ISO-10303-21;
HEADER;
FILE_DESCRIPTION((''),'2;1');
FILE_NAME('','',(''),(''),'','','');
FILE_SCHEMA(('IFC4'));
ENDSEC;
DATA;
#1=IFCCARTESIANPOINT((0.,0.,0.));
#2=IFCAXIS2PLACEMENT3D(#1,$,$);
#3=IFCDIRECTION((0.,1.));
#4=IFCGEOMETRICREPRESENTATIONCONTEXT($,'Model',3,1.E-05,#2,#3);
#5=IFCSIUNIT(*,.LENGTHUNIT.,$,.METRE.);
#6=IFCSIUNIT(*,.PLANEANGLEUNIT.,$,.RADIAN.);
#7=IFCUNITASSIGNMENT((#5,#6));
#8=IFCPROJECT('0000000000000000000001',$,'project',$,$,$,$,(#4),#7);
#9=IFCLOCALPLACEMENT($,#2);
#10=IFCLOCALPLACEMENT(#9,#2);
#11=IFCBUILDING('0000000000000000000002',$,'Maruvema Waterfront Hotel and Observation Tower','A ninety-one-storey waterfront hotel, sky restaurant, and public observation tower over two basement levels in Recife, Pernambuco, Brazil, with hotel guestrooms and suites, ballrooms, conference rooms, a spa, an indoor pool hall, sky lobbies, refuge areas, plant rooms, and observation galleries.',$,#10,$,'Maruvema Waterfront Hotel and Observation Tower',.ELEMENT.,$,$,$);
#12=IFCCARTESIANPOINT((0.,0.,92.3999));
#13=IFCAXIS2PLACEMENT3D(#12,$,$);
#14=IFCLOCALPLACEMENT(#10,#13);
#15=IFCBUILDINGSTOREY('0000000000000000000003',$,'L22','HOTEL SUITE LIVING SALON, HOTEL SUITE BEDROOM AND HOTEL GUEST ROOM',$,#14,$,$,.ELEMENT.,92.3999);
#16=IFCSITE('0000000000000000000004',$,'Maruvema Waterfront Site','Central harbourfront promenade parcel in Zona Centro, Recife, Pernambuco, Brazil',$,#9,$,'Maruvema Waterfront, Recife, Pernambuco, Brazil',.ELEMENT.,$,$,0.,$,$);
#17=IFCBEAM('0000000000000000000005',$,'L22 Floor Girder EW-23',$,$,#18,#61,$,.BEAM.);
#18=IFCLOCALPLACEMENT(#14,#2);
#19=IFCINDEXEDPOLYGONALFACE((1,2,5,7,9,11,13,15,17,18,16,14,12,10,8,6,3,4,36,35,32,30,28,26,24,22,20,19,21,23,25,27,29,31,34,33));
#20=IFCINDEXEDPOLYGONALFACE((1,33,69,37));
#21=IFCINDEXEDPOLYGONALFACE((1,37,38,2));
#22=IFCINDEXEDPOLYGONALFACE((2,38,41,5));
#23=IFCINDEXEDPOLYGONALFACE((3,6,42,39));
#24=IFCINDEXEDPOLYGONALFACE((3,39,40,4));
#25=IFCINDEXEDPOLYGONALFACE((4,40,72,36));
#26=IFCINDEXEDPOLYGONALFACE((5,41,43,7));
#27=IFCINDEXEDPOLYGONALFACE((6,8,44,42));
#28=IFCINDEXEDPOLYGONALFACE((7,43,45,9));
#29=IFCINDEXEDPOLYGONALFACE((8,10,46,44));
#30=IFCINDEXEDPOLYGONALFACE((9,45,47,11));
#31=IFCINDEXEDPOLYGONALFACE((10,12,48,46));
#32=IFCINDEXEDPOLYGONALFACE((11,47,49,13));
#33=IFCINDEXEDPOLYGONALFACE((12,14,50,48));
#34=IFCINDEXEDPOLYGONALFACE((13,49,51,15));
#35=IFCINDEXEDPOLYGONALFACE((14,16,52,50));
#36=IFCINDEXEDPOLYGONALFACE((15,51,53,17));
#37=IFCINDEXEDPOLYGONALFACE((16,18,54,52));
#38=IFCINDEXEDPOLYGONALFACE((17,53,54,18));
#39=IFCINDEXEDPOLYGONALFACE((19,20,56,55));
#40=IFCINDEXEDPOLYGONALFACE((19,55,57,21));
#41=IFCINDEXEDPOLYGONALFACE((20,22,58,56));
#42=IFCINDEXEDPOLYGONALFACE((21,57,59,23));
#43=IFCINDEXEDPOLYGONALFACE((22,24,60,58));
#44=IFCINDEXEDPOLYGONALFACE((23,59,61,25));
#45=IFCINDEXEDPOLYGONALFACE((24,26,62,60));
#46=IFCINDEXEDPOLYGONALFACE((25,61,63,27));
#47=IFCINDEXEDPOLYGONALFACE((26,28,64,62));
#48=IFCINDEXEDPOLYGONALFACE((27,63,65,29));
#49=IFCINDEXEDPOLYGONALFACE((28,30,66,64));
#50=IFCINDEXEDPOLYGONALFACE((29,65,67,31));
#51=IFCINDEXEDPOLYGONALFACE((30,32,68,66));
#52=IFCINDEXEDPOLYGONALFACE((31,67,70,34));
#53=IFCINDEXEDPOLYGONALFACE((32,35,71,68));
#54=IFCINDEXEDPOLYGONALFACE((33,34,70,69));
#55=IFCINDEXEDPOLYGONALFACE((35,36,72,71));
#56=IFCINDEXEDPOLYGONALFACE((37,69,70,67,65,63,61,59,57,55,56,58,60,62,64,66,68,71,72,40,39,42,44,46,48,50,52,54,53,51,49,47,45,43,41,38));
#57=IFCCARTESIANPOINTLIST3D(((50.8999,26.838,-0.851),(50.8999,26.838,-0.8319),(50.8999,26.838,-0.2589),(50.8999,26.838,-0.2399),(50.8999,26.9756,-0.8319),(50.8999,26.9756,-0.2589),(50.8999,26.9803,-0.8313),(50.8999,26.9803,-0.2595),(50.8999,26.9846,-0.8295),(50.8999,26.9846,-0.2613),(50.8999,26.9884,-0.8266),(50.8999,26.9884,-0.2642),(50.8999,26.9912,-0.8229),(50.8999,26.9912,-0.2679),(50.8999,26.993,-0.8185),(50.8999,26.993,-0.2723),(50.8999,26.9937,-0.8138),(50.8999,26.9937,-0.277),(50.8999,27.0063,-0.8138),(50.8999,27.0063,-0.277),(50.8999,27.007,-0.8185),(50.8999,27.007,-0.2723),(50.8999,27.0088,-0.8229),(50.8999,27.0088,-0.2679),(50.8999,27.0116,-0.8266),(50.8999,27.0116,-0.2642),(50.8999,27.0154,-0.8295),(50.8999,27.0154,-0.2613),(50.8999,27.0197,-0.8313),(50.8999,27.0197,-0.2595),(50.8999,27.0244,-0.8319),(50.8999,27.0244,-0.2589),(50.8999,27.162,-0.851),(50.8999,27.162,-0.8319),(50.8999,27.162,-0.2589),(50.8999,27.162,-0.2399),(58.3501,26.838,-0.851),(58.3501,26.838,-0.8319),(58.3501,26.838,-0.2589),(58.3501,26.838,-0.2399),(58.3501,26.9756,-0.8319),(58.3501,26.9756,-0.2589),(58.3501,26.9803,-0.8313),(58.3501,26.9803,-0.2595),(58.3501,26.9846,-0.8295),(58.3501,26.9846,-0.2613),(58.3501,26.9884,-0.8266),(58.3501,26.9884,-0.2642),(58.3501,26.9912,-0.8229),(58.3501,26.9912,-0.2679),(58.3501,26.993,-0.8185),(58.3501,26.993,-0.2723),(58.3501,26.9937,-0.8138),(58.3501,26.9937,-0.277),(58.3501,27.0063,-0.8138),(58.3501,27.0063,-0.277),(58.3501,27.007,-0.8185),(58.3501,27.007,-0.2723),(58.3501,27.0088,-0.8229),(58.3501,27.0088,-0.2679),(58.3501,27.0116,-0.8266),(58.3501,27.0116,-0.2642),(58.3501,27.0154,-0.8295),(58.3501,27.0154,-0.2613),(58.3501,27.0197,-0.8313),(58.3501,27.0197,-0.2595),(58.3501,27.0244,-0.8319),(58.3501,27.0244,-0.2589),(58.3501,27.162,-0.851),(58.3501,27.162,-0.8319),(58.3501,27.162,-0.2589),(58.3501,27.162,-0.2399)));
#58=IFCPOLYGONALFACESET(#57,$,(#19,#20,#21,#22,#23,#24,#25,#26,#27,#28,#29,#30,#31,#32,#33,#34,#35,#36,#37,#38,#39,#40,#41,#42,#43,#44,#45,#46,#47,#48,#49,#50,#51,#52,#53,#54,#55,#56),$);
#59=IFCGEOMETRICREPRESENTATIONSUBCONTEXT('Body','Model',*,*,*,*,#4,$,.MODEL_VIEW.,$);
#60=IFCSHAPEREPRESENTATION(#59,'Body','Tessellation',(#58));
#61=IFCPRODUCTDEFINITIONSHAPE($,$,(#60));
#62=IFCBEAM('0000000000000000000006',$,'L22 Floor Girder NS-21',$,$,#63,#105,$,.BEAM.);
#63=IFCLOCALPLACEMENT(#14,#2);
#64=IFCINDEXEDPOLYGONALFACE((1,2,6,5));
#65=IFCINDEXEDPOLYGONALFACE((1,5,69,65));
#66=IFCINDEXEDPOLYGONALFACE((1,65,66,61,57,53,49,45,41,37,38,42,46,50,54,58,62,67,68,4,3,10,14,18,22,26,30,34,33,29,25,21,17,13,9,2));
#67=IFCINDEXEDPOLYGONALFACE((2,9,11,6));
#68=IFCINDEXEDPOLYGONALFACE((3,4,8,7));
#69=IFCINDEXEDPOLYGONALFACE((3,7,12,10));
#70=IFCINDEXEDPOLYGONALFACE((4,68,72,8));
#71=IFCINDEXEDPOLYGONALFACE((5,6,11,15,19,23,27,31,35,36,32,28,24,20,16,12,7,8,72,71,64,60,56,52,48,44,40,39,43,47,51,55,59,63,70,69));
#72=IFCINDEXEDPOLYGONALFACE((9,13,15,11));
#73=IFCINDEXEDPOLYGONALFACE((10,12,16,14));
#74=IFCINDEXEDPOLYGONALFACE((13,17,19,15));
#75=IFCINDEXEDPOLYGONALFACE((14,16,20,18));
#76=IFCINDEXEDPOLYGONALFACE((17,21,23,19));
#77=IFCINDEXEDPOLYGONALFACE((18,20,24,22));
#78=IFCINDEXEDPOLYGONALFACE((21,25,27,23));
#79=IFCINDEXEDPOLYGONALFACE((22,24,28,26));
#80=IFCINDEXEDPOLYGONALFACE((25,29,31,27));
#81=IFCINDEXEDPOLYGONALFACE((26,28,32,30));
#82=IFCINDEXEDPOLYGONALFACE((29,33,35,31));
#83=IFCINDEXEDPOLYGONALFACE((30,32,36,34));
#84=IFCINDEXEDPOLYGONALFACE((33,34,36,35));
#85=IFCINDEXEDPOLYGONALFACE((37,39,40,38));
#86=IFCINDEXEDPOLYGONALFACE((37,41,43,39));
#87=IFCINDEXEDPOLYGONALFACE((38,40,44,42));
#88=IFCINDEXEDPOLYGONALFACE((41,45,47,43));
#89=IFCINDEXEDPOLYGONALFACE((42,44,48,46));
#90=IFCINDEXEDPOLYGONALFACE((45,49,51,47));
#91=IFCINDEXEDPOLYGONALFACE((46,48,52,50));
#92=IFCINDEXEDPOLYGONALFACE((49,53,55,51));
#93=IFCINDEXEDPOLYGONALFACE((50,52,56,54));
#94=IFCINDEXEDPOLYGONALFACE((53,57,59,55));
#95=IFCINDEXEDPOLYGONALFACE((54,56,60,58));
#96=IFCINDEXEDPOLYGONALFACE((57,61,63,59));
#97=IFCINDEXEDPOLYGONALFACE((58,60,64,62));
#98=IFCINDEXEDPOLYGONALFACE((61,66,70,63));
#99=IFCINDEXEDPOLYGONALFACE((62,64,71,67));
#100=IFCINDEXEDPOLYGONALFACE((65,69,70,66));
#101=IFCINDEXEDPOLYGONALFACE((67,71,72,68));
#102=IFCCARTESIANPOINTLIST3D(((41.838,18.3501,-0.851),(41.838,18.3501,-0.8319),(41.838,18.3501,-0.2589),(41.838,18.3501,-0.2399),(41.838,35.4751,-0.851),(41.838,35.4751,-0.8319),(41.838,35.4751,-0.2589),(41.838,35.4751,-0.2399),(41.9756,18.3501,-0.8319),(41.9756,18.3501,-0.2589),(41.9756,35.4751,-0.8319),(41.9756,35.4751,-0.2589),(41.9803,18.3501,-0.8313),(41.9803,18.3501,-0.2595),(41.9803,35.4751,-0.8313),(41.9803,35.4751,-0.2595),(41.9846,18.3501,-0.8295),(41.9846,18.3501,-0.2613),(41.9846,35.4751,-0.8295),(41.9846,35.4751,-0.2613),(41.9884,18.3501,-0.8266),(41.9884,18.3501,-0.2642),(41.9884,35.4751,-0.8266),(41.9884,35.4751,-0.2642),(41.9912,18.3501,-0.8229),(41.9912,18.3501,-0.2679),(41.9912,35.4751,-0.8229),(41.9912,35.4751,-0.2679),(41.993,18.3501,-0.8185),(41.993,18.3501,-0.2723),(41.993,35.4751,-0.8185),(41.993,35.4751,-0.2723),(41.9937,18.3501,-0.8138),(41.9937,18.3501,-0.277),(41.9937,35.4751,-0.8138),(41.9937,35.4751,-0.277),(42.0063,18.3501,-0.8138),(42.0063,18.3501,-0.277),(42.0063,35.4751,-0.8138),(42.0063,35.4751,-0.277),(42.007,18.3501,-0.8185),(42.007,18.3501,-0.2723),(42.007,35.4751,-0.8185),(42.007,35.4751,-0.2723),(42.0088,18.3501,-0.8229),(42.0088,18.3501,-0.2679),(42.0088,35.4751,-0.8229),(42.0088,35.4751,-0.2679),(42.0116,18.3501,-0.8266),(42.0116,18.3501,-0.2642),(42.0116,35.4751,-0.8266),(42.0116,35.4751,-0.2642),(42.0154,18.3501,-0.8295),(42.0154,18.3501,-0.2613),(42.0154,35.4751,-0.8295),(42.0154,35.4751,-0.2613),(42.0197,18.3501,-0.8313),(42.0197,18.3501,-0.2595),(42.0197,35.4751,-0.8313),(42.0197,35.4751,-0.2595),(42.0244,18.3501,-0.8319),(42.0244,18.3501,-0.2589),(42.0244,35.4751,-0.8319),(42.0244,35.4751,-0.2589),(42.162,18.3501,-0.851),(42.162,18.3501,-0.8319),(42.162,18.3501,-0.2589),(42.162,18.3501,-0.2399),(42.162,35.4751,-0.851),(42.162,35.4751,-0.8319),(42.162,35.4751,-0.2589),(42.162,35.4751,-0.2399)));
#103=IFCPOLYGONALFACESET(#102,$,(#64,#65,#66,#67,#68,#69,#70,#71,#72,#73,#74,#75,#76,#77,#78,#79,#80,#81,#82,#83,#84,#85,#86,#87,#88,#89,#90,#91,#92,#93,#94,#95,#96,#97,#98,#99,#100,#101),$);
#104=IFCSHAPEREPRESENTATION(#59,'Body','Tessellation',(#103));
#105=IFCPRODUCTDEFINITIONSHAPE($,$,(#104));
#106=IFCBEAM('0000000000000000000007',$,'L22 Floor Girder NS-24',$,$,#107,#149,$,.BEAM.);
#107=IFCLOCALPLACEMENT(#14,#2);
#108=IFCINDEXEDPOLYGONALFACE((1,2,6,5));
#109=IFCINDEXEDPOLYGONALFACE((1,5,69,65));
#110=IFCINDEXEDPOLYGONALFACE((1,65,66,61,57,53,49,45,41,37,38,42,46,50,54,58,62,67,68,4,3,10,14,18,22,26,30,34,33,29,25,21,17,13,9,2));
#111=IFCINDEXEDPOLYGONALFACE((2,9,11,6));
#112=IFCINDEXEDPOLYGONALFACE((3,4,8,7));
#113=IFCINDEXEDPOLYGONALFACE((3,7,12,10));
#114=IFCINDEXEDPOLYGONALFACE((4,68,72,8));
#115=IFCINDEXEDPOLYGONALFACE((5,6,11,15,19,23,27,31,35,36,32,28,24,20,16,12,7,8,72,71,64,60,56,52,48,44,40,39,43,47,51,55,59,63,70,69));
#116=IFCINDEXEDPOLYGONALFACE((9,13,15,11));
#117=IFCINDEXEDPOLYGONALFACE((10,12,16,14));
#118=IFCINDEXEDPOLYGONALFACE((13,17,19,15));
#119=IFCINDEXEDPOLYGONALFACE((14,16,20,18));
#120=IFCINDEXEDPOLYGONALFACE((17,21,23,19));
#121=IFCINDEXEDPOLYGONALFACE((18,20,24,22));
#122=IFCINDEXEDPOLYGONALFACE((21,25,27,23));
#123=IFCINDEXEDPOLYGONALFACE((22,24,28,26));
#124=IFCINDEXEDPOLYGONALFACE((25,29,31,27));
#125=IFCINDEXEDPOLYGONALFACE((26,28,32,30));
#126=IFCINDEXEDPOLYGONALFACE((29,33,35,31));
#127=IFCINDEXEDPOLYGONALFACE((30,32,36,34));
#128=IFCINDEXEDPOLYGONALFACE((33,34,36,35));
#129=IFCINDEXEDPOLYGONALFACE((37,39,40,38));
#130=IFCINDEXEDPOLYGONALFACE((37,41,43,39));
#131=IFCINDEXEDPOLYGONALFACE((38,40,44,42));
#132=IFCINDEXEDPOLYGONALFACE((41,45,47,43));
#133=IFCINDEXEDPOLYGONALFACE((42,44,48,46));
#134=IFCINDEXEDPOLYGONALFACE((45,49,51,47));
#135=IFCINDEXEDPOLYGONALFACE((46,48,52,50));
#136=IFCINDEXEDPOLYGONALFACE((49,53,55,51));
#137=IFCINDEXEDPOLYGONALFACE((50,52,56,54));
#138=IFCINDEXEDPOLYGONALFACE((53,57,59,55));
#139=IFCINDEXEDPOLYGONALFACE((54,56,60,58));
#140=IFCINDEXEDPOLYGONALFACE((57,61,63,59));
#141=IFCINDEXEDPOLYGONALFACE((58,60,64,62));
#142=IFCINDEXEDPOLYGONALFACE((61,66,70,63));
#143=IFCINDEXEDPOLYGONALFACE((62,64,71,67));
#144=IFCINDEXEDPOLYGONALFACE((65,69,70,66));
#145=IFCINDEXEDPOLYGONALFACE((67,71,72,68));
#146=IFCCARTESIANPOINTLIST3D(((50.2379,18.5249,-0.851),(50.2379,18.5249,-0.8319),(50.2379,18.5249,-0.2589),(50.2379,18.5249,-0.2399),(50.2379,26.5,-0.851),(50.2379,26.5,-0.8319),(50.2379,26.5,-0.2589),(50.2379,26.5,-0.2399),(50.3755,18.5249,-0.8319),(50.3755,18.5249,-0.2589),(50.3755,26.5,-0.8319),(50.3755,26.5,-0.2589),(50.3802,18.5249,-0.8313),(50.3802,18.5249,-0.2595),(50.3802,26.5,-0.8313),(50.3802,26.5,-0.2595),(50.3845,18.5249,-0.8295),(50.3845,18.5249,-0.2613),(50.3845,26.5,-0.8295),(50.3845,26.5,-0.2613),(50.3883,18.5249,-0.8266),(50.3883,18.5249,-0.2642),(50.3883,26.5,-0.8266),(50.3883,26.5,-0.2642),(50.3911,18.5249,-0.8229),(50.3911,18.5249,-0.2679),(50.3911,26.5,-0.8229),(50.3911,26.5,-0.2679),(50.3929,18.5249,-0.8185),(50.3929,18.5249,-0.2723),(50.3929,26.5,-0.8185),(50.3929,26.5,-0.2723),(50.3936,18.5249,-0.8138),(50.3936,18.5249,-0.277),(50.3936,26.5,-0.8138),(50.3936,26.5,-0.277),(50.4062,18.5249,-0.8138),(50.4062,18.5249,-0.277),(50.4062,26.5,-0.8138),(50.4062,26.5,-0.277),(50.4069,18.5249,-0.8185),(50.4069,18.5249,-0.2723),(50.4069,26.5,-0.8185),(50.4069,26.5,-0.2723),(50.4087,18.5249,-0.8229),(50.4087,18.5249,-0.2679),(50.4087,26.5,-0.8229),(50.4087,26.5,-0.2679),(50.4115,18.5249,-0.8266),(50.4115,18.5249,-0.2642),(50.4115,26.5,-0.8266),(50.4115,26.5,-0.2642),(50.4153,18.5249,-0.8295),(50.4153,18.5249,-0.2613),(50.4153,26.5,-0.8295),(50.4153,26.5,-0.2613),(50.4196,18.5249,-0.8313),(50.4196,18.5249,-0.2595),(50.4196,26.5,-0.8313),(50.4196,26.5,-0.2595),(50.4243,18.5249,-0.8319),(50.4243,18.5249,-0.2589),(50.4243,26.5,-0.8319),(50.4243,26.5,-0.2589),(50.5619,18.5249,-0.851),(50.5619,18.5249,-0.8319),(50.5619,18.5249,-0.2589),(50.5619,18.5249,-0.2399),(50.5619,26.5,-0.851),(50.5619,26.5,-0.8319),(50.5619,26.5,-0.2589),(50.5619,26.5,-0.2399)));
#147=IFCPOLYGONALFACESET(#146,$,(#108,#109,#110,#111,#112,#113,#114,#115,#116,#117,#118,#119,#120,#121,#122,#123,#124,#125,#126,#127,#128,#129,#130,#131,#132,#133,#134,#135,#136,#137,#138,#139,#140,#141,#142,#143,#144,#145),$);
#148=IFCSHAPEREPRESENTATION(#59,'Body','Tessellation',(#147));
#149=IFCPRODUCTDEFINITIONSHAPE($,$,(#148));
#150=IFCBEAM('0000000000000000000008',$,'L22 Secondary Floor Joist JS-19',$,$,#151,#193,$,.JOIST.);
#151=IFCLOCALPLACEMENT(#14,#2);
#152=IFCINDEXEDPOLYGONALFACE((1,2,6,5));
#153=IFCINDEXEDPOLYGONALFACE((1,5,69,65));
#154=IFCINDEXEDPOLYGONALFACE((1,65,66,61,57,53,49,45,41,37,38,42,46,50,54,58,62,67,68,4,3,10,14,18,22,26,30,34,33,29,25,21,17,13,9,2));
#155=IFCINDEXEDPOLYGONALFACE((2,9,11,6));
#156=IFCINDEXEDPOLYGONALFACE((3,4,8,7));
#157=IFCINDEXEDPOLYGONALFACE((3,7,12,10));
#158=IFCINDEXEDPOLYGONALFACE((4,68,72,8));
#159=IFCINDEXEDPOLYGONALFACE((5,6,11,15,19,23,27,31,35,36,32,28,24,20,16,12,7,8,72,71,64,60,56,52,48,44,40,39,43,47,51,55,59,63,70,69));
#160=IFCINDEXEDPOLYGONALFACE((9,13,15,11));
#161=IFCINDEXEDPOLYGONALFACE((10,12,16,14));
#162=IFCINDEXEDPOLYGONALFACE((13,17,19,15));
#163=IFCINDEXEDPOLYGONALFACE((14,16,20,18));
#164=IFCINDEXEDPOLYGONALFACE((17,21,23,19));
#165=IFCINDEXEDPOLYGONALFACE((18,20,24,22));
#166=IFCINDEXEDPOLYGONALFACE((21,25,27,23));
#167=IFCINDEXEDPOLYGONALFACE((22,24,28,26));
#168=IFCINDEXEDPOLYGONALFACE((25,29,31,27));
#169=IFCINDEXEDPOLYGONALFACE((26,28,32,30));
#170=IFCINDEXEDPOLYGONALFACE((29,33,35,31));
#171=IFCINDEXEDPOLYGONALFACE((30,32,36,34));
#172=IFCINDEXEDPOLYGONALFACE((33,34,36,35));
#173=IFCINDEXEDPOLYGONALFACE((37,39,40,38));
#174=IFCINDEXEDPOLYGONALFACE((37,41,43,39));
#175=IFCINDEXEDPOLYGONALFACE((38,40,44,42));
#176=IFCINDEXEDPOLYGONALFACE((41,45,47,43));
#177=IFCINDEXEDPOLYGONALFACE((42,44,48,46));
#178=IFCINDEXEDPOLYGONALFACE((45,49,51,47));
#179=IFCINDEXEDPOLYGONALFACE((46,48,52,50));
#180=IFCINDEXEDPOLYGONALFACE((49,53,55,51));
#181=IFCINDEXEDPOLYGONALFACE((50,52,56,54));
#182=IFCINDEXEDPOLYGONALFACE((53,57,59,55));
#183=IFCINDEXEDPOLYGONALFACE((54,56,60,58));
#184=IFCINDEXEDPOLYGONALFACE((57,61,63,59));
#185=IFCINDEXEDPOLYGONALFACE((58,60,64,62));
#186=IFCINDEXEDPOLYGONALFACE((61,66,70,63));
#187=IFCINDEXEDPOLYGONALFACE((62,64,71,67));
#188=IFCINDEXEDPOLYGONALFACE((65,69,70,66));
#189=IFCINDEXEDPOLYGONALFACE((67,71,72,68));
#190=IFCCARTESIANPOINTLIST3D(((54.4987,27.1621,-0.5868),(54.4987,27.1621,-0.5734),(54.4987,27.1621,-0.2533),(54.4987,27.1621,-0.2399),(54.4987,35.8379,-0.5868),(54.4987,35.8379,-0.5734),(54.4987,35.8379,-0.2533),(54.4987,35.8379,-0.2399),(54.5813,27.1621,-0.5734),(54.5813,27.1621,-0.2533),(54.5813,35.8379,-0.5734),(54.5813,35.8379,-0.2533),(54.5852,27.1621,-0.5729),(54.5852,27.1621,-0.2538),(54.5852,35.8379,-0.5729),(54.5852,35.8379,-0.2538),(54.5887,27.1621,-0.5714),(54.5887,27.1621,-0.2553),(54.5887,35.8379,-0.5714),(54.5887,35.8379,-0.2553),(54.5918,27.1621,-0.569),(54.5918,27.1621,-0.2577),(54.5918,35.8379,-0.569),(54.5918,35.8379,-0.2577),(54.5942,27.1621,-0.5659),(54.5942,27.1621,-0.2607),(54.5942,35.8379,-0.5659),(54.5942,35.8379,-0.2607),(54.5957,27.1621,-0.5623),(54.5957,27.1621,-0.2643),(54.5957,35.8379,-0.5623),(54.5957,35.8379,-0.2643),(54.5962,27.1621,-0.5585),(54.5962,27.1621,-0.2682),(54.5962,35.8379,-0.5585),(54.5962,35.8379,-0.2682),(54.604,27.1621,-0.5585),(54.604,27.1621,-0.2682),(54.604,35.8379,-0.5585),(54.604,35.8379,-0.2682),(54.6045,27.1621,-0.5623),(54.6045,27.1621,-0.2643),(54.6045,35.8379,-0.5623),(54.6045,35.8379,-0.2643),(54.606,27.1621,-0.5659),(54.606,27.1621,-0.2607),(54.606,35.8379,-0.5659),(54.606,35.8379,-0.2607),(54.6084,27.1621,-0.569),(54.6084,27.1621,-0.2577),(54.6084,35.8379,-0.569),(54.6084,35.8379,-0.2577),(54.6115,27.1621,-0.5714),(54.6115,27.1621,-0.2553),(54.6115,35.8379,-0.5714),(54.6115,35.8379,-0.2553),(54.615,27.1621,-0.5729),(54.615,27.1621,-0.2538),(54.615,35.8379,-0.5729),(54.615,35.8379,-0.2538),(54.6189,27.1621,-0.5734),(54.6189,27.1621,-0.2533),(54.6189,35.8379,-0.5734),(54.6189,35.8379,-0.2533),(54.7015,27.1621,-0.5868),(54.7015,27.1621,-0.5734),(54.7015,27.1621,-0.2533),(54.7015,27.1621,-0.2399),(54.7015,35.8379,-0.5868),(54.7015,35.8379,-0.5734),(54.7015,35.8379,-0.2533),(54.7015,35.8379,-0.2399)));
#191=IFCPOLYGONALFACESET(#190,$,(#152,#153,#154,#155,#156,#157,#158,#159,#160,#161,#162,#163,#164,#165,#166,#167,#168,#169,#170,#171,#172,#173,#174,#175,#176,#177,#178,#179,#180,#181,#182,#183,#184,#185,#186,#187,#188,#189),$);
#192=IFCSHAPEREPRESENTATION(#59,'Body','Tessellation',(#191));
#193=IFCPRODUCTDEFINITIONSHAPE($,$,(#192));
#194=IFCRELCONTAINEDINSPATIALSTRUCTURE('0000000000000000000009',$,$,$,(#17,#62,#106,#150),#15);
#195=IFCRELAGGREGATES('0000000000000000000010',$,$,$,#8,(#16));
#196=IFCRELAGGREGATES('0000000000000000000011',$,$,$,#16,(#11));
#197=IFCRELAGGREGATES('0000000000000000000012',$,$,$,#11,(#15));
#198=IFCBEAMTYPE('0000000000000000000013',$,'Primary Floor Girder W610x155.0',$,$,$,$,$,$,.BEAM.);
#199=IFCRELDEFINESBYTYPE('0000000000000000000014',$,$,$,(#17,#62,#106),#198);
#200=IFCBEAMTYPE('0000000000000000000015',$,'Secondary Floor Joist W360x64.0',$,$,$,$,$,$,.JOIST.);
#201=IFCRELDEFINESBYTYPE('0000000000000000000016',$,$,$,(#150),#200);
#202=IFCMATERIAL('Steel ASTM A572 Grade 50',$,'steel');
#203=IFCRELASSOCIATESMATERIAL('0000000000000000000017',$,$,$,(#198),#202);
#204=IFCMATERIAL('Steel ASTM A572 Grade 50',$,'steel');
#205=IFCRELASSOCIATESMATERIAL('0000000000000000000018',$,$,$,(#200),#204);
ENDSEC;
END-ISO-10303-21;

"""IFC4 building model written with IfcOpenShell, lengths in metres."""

from ifc_helpers import new_model, si_unit, direction, frame, origin, origin_2d, place, context, subcontext, project, spatial, i_section, extrude, material, material_profile, profile_set, type_object, element, save


model = new_model("IFC4")

# Units and contexts
model_context = context("Model", 3, precision=1e-05, world=origin(), true_north=direction((0.0, 1.0)))
body_context = subcontext(model_context, "Body", "Model", "MODEL_VIEW")
ifc_project = project(units=[si_unit("LENGTHUNIT", "METRE"), si_unit("PLANEANGLEUNIT", "RADIAN")], contexts=[model_context])

# Site, building, storey
site_placement = place(None, origin())
site = spatial("IfcSite", under=ifc_project, at=site_placement, Name="Maruvema Waterfront Site", Description="Central harbourfront promenade parcel in Zona Centro, Recife, Pernambuco, Brazil", LongName="Maruvema Waterfront, Recife, Pernambuco, Brazil", CompositionType="ELEMENT", RefElevation=0.0)
building_placement = place(site_placement, origin())
building = spatial("IfcBuilding", under=site, at=building_placement, Name="Maruvema Waterfront Hotel and Observation Tower", Description="A ninety-one-storey waterfront hotel, sky restaurant, and public observation tower over two basement levels in Recife, Pernambuco, Brazil, with hotel guestrooms and suites, ballrooms, conference rooms, a spa, an indoor pool hall, sky lobbies, refuge areas, plant rooms, and observation galleries.", LongName="Maruvema Waterfront Hotel and Observation Tower", CompositionType="ELEMENT")
storey_placement = place(building_placement, frame((0.0, 0.0, 92.3999)))
storey = spatial("IfcBuildingStorey", under=building, at=storey_placement, Name="L22", Description="HOTEL SUITE LIVING SALON, HOTEL SUITE BEDROOM AND HOTEL GUEST ROOM", CompositionType="ELEMENT", Elevation=92.3999)

# Beams
ifc_material_1 = material(Name="Steel ASTM A572 Grade 50", Category="steel")
ifc_material_profile_1 = material_profile(ifc_material_1, i_section(OverallWidth=0.324, OverallDepth=0.6111, WebThickness=0.0127, FlangeThickness=0.019, FilletRadius=0.0181, at=origin_2d()), Name="W610x155.0")
ifc_profile_set_1 = profile_set([ifc_material_profile_1], Name="Steel ASTM A572 Grade 50")
beam_type_1 = type_object("IfcBeamType", Name="Primary Floor Girder W610x155.0", PredefinedType="BEAM", material=ifc_profile_set_1)
beam_1_placement = place(storey_placement, frame((50.8999, 27.0, -0.5454), z_axis=(1.0, 0.0, 0.0), x_axis=(0.0, 1.0, 0.0)))
element("IfcBeam", 1, at=beam_1_placement, inside=storey, type_object=beam_type_1, Name="L22 Floor Girder EW-23", PredefinedType="BEAM", context=body_context, shape_type="SweptSolid", body=[
    extrude(i_section(OverallWidth=0.324, OverallDepth=0.6111, WebThickness=0.0127, FlangeThickness=0.019, FilletRadius=0.0181, at=origin_2d()), origin(), (0.0, 0.0, 1.0), 7.4502),
])
beam_2_placement = place(storey_placement, frame((42.0, 18.3501, -0.5454), z_axis=(0.0, 1.0, 0.0), x_axis=(-1.0, 0.0, 0.0)))
element("IfcBeam", 2, at=beam_2_placement, inside=storey, type_object=beam_type_1, Name="L22 Floor Girder NS-21", PredefinedType="BEAM", context=body_context, shape_type="SweptSolid", body=[
    extrude(i_section(OverallWidth=0.324, OverallDepth=0.6111, WebThickness=0.0127, FlangeThickness=0.019, FilletRadius=0.0181, at=origin_2d()), origin(), (0.0, 0.0, 1.0), 17.125),
])
beam_3_placement = place(storey_placement, frame((50.3999, 18.5249, -0.5454), z_axis=(0.0, 1.0, 0.0), x_axis=(-1.0, 0.0, 0.0)))
element("IfcBeam", 3, at=beam_3_placement, inside=storey, type_object=beam_type_1, Name="L22 Floor Girder NS-24", PredefinedType="BEAM", context=body_context, shape_type="SweptSolid", body=[
    extrude(i_section(OverallWidth=0.324, OverallDepth=0.6111, WebThickness=0.0127, FlangeThickness=0.019, FilletRadius=0.0181, at=origin_2d()), origin(), (0.0, 0.0, 1.0), 7.9751),
])
ifc_material_2 = material(Name="Steel ASTM A572 Grade 50", Category="steel")
ifc_material_profile_2 = material_profile(ifc_material_2, i_section(OverallWidth=0.2029, OverallDepth=0.3469, WebThickness=0.0078, FlangeThickness=0.0134, FilletRadius=0.0149, at=origin_2d()), Name="W360x64.0")
ifc_profile_set_2 = profile_set([ifc_material_profile_2], Name="Steel ASTM A572 Grade 50")
beam_type_2 = type_object("IfcBeamType", Name="Secondary Floor Joist W360x64.0", PredefinedType="JOIST", material=ifc_profile_set_2)
beam_4_placement = place(storey_placement, frame((54.6001, 27.1621, -0.4133), z_axis=(0.0, 1.0, 0.0), x_axis=(-1.0, 0.0, 0.0)))
element("IfcBeam", 4, at=beam_4_placement, inside=storey, type_object=beam_type_2, Name="L22 Secondary Floor Joist JS-19", PredefinedType="JOIST", context=body_context, shape_type="SweptSolid", body=[
    extrude(i_section(OverallWidth=0.2029, OverallDepth=0.3469, WebThickness=0.0078, FlangeThickness=0.0134, FilletRadius=0.0149, at=origin_2d()), origin(), (0.0, 0.0, 1.0), 8.6758),
])

save(model, "model.ifc")
